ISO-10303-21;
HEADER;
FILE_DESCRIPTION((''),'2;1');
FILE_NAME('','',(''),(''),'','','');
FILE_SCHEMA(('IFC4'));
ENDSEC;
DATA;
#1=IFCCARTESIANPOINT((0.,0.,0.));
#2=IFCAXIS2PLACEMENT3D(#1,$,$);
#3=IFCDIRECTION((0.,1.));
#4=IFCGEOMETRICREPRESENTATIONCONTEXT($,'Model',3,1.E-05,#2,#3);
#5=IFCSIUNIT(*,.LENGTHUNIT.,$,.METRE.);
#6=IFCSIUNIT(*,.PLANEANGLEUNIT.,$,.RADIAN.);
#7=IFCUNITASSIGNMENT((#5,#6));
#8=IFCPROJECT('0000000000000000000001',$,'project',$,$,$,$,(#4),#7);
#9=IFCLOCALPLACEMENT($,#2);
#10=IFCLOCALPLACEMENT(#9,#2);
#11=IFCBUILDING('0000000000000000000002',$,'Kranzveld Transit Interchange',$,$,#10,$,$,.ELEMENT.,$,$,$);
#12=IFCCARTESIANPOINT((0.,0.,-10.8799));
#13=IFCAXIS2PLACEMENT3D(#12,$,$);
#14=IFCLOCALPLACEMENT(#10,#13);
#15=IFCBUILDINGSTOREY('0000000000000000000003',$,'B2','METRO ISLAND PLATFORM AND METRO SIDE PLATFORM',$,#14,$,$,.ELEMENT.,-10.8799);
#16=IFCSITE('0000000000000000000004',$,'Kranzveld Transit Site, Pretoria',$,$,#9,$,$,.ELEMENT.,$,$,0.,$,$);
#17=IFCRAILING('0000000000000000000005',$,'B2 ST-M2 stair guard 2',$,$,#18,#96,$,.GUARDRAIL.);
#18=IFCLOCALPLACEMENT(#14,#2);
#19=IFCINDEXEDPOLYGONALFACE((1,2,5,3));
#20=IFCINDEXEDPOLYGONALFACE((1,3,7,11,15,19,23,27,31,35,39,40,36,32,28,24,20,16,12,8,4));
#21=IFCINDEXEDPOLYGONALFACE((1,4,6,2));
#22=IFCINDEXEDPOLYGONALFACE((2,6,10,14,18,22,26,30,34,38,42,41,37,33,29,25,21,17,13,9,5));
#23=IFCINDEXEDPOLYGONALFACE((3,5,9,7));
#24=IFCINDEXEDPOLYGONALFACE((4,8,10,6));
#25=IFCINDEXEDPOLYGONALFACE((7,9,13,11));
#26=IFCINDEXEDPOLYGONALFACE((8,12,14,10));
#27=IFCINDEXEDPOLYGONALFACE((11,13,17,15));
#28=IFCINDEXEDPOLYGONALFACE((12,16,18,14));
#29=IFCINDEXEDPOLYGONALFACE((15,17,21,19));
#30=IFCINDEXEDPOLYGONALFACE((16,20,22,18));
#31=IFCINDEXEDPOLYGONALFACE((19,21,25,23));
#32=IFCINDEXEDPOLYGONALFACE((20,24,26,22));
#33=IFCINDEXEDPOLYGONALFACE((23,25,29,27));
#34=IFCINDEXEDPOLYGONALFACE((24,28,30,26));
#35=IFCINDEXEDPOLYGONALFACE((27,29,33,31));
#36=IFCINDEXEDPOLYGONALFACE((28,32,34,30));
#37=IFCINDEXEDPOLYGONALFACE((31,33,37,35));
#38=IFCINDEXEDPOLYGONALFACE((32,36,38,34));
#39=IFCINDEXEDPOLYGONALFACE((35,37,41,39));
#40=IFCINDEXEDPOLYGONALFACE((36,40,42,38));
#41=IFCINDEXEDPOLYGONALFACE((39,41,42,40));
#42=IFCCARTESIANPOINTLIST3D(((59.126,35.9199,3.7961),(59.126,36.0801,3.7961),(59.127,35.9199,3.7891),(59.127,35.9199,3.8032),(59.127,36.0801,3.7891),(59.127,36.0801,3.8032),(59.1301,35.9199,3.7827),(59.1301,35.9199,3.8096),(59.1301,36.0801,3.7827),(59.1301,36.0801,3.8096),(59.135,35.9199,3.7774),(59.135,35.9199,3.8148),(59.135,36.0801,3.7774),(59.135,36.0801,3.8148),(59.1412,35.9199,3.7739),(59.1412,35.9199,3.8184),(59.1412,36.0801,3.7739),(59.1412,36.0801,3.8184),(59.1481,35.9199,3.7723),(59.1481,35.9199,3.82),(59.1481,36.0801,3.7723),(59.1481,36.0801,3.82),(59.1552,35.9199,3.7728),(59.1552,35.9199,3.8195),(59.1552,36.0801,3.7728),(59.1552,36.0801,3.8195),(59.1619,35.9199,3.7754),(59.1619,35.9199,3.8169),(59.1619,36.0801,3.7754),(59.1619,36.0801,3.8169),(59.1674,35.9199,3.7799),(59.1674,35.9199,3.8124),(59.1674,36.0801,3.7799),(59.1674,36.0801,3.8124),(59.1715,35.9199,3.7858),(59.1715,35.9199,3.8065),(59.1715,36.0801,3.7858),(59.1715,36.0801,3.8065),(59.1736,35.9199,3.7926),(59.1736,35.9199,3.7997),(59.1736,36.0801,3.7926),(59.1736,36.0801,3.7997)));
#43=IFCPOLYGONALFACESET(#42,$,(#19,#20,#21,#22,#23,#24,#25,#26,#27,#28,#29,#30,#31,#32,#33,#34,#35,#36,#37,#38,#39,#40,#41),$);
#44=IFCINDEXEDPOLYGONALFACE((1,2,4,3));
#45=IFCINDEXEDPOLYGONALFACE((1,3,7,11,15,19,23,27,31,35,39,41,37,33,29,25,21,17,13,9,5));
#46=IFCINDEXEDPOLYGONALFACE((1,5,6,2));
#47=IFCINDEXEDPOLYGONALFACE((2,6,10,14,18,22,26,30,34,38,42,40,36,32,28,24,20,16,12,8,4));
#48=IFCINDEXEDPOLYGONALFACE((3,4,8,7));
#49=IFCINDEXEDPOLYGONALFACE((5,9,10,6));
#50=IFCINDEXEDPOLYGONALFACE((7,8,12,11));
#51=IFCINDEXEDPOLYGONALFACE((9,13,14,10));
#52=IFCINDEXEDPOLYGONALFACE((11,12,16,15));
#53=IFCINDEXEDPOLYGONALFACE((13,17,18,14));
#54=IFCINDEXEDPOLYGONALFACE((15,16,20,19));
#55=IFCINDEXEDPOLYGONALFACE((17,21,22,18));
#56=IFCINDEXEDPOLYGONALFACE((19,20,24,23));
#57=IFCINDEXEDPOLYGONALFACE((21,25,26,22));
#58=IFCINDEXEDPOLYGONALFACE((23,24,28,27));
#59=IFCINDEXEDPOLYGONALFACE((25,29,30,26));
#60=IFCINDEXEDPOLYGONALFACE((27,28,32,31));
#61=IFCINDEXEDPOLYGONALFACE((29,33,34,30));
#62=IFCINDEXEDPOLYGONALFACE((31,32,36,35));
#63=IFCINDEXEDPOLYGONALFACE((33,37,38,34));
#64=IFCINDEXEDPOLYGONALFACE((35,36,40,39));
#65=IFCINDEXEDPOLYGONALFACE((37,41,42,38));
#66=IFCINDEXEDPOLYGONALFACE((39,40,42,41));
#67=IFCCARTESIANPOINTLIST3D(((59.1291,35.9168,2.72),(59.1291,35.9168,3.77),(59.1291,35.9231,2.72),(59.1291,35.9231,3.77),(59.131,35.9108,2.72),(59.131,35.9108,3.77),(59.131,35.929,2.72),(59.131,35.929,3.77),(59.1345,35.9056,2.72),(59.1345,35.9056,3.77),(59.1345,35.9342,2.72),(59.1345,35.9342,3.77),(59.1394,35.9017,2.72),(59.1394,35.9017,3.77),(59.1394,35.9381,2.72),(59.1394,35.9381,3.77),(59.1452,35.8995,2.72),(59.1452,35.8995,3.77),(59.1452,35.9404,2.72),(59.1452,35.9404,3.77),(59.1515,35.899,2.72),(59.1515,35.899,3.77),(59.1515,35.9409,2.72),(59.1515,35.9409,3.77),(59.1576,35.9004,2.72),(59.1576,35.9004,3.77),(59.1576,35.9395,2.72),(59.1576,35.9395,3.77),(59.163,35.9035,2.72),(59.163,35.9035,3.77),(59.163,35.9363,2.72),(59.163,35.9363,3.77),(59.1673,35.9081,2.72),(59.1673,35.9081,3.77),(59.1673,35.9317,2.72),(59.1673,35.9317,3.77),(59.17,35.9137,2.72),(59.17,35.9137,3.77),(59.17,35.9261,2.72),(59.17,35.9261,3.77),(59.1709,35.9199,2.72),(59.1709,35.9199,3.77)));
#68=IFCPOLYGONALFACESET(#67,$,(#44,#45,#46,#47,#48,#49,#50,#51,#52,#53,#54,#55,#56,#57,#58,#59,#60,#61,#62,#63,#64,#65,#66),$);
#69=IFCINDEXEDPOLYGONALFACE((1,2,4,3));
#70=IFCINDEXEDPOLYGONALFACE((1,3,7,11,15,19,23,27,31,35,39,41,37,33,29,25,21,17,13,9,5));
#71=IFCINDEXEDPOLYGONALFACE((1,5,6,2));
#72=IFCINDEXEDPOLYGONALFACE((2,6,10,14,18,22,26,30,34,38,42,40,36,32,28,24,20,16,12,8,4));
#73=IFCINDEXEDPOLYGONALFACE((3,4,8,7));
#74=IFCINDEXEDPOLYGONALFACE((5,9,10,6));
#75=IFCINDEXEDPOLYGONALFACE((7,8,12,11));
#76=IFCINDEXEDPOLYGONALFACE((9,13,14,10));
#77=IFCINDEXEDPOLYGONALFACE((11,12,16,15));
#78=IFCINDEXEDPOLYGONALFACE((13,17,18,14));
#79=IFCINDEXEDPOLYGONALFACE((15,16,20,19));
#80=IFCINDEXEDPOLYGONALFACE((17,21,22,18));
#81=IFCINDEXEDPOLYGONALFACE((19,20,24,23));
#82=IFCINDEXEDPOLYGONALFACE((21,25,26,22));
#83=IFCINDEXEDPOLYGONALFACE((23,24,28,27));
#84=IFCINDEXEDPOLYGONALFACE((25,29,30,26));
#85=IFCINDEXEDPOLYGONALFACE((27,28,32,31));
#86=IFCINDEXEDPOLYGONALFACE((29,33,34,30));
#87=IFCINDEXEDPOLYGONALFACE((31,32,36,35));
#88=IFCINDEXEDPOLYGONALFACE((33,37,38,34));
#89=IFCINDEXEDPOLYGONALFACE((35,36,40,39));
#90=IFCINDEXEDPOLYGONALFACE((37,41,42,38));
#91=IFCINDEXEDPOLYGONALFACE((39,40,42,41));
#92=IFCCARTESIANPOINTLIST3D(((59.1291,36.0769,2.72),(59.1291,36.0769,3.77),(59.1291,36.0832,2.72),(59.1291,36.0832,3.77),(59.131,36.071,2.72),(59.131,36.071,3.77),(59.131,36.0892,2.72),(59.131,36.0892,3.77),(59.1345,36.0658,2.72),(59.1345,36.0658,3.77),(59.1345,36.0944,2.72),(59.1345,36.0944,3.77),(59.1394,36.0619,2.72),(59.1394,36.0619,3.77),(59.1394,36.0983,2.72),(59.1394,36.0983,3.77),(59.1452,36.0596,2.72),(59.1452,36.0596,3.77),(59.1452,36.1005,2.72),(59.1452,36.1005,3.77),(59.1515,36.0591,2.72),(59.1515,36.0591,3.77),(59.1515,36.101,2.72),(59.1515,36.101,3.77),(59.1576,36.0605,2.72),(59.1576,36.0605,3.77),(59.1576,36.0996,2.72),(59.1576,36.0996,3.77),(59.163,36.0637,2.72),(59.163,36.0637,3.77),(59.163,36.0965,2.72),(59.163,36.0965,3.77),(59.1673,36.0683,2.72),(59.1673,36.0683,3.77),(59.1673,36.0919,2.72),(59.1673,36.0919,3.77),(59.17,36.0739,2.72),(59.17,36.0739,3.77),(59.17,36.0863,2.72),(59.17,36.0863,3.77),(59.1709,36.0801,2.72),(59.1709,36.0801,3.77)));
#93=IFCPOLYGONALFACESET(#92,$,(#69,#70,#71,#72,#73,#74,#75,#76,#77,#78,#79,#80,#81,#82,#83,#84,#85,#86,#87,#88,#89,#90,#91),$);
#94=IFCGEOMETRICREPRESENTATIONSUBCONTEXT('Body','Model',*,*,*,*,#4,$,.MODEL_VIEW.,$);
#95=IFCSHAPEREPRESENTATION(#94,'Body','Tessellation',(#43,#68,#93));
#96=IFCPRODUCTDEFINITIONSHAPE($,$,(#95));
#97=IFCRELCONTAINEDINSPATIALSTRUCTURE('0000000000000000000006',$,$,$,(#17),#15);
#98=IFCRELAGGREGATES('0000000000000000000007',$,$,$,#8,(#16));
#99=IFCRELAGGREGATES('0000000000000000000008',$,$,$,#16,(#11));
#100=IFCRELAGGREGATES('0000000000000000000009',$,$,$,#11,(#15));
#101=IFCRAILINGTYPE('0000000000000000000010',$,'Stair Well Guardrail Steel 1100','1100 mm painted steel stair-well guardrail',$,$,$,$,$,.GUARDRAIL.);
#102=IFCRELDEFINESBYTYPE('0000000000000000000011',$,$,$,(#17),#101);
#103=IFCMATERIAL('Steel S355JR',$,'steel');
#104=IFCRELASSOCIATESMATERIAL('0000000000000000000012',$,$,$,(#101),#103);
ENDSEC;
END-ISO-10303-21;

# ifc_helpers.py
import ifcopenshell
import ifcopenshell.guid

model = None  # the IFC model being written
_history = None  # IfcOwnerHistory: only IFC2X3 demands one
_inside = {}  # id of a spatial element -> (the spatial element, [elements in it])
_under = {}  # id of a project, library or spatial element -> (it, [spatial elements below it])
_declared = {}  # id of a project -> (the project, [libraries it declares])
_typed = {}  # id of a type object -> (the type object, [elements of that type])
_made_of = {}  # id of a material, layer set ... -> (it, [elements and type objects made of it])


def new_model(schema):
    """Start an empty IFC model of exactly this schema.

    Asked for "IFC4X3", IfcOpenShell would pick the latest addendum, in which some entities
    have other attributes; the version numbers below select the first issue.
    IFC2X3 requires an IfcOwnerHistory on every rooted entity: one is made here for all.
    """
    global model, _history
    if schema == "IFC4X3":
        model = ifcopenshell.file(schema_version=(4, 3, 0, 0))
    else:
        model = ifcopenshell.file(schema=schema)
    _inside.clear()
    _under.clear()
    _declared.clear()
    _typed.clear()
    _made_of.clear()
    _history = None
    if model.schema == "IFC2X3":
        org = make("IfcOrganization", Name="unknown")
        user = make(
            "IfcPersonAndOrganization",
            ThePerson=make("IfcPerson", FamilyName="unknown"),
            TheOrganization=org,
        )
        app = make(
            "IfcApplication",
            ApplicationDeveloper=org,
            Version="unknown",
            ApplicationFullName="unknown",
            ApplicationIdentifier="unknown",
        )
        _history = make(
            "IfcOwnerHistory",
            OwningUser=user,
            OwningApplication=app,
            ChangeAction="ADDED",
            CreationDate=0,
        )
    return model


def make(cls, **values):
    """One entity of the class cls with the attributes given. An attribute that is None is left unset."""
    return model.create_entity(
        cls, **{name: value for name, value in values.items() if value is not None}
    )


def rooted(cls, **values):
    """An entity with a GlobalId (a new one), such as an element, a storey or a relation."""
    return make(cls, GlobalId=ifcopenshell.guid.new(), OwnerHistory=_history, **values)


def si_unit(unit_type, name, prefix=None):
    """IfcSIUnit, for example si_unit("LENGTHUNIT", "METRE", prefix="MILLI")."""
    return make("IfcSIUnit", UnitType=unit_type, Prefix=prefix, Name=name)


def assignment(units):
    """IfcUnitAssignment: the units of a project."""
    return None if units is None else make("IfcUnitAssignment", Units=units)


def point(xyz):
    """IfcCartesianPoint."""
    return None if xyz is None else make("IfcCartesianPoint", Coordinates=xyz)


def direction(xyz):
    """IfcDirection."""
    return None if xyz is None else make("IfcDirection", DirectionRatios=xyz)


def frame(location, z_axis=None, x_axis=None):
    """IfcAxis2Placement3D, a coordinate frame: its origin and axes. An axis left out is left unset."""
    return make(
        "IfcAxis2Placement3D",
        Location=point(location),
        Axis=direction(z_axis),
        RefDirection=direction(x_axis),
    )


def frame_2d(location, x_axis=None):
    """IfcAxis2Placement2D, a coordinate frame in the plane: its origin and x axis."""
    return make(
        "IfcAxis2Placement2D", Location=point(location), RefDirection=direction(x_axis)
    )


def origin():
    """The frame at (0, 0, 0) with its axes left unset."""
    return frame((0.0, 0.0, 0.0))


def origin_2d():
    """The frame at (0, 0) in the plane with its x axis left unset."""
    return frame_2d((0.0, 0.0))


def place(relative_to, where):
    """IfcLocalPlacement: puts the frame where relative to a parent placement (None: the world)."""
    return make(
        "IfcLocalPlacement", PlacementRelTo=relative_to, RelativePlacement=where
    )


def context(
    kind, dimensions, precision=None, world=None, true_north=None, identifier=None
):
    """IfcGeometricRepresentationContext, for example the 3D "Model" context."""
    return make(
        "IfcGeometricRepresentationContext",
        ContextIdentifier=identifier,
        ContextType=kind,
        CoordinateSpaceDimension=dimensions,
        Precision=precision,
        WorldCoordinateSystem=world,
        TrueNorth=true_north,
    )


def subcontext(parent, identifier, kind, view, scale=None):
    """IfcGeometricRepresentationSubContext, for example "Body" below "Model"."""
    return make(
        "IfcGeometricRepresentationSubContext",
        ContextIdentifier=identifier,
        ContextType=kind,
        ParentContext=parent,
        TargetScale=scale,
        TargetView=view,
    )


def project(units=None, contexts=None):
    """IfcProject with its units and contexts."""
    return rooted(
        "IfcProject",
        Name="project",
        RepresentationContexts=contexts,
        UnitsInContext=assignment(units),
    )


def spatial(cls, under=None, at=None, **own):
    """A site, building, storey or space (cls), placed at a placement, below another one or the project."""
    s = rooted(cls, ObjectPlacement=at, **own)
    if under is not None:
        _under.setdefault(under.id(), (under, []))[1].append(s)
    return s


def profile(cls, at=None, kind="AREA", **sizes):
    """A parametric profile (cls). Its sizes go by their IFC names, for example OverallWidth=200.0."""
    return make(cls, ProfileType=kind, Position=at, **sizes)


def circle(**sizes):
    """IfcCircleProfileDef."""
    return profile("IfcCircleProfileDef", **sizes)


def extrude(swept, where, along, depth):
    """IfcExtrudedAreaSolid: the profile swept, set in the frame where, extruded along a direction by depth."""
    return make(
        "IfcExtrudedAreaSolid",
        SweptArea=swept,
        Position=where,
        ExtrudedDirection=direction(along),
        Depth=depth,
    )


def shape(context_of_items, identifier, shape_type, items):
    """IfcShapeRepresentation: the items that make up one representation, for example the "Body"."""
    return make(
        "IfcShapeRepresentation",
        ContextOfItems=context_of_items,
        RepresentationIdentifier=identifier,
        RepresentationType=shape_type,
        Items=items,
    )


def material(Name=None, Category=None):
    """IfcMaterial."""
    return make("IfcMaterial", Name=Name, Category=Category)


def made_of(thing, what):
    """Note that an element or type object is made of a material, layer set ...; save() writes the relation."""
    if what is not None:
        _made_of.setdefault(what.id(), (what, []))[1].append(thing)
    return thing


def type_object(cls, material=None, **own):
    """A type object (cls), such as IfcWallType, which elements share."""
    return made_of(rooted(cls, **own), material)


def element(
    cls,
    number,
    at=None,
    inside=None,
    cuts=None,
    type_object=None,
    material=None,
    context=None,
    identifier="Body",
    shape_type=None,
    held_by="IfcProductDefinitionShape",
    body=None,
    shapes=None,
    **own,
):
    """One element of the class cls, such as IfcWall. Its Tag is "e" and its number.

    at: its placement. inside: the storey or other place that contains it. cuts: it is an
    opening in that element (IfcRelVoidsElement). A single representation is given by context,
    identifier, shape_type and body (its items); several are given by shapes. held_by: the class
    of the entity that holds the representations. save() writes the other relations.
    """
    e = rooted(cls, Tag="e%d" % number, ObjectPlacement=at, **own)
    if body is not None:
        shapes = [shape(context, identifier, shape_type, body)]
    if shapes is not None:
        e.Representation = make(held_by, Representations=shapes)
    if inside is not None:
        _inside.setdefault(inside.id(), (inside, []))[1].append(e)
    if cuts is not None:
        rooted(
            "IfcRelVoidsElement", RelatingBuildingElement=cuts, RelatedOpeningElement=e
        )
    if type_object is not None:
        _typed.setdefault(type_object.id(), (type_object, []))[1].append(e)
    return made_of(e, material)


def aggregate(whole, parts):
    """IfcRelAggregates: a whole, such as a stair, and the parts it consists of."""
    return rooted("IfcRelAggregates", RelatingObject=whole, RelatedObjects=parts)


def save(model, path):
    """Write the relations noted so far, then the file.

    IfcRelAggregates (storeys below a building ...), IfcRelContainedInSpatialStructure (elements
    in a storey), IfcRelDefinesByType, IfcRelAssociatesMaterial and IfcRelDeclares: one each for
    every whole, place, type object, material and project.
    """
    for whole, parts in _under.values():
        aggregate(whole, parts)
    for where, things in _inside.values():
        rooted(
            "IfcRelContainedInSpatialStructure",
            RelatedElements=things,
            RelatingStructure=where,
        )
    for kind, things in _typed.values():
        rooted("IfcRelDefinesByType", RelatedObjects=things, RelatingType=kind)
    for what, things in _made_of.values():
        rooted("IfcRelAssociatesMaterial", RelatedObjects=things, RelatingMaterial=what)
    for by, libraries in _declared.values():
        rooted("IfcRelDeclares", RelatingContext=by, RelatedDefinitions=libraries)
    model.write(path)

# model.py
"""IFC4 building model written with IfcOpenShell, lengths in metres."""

from ifc_helpers import new_model, si_unit, direction, frame, origin, origin_2d, place, context, subcontext, project, spatial, circle, extrude, material, type_object, element, save


model = new_model("IFC4")

# Units and contexts
model_context = context("Model", 3, precision=1e-05, world=origin(), true_north=direction((0.0, 1.0)))
body_context = subcontext(model_context, "Body", "Model", "MODEL_VIEW")
ifc_project = project(units=[si_unit("LENGTHUNIT", "METRE"), si_unit("PLANEANGLEUNIT", "RADIAN")], contexts=[model_context])

# Site, building, storey
site_placement = place(None, origin())
site = spatial("IfcSite", under=ifc_project, at=site_placement, Name="Kranzveld Transit Site, Pretoria", CompositionType="ELEMENT", RefElevation=0.0)
building_placement = place(site_placement, origin())
building = spatial("IfcBuilding", under=site, at=building_placement, Name="Kranzveld Transit Interchange", CompositionType="ELEMENT")
storey_placement = place(building_placement, frame((0.0, 0.0, -10.8799)))
storey = spatial("IfcBuildingStorey", under=building, at=storey_placement, Name="B2", Description="METRO ISLAND PLATFORM AND METRO SIDE PLATFORM", CompositionType="ELEMENT", Elevation=-10.8799)

# Railing
ifc_material_1 = material(Name="Steel S355JR", Category="steel")
railing_type_1 = type_object("IfcRailingType", Name="Stair Well Guardrail Steel 1100", Description="1100 mm painted steel stair-well guardrail", PredefinedType="GUARDRAIL", material=ifc_material_1)
railing_1_placement = place(storey_placement, frame((59.1499, 35.9199, 2.72)))
element("IfcRailing", 1, at=railing_1_placement, inside=storey, type_object=railing_type_1, Name="B2 ST-M2 stair guard 2", PredefinedType="GUARDRAIL", context=body_context, shape_type="SweptSolid", body=[
    extrude(circle(Radius=0.0239, at=origin_2d()), frame((0.0, 0.0, 1.0762), z_axis=(0.0, 1.0, 0.0), x_axis=(-1.0, 0.0, 0.0)), (0.0, 0.0, 1.0), 0.1602),
    extrude(circle(Radius=0.021, at=origin_2d()), origin(), (0.0, 0.0, 1.0), 1.05),
    extrude(circle(Radius=0.021, at=origin_2d()), frame((0.0, 0.1602, 0.0)), (0.0, 0.0, 1.0), 1.05),
])

save(model, "model.ifc")
